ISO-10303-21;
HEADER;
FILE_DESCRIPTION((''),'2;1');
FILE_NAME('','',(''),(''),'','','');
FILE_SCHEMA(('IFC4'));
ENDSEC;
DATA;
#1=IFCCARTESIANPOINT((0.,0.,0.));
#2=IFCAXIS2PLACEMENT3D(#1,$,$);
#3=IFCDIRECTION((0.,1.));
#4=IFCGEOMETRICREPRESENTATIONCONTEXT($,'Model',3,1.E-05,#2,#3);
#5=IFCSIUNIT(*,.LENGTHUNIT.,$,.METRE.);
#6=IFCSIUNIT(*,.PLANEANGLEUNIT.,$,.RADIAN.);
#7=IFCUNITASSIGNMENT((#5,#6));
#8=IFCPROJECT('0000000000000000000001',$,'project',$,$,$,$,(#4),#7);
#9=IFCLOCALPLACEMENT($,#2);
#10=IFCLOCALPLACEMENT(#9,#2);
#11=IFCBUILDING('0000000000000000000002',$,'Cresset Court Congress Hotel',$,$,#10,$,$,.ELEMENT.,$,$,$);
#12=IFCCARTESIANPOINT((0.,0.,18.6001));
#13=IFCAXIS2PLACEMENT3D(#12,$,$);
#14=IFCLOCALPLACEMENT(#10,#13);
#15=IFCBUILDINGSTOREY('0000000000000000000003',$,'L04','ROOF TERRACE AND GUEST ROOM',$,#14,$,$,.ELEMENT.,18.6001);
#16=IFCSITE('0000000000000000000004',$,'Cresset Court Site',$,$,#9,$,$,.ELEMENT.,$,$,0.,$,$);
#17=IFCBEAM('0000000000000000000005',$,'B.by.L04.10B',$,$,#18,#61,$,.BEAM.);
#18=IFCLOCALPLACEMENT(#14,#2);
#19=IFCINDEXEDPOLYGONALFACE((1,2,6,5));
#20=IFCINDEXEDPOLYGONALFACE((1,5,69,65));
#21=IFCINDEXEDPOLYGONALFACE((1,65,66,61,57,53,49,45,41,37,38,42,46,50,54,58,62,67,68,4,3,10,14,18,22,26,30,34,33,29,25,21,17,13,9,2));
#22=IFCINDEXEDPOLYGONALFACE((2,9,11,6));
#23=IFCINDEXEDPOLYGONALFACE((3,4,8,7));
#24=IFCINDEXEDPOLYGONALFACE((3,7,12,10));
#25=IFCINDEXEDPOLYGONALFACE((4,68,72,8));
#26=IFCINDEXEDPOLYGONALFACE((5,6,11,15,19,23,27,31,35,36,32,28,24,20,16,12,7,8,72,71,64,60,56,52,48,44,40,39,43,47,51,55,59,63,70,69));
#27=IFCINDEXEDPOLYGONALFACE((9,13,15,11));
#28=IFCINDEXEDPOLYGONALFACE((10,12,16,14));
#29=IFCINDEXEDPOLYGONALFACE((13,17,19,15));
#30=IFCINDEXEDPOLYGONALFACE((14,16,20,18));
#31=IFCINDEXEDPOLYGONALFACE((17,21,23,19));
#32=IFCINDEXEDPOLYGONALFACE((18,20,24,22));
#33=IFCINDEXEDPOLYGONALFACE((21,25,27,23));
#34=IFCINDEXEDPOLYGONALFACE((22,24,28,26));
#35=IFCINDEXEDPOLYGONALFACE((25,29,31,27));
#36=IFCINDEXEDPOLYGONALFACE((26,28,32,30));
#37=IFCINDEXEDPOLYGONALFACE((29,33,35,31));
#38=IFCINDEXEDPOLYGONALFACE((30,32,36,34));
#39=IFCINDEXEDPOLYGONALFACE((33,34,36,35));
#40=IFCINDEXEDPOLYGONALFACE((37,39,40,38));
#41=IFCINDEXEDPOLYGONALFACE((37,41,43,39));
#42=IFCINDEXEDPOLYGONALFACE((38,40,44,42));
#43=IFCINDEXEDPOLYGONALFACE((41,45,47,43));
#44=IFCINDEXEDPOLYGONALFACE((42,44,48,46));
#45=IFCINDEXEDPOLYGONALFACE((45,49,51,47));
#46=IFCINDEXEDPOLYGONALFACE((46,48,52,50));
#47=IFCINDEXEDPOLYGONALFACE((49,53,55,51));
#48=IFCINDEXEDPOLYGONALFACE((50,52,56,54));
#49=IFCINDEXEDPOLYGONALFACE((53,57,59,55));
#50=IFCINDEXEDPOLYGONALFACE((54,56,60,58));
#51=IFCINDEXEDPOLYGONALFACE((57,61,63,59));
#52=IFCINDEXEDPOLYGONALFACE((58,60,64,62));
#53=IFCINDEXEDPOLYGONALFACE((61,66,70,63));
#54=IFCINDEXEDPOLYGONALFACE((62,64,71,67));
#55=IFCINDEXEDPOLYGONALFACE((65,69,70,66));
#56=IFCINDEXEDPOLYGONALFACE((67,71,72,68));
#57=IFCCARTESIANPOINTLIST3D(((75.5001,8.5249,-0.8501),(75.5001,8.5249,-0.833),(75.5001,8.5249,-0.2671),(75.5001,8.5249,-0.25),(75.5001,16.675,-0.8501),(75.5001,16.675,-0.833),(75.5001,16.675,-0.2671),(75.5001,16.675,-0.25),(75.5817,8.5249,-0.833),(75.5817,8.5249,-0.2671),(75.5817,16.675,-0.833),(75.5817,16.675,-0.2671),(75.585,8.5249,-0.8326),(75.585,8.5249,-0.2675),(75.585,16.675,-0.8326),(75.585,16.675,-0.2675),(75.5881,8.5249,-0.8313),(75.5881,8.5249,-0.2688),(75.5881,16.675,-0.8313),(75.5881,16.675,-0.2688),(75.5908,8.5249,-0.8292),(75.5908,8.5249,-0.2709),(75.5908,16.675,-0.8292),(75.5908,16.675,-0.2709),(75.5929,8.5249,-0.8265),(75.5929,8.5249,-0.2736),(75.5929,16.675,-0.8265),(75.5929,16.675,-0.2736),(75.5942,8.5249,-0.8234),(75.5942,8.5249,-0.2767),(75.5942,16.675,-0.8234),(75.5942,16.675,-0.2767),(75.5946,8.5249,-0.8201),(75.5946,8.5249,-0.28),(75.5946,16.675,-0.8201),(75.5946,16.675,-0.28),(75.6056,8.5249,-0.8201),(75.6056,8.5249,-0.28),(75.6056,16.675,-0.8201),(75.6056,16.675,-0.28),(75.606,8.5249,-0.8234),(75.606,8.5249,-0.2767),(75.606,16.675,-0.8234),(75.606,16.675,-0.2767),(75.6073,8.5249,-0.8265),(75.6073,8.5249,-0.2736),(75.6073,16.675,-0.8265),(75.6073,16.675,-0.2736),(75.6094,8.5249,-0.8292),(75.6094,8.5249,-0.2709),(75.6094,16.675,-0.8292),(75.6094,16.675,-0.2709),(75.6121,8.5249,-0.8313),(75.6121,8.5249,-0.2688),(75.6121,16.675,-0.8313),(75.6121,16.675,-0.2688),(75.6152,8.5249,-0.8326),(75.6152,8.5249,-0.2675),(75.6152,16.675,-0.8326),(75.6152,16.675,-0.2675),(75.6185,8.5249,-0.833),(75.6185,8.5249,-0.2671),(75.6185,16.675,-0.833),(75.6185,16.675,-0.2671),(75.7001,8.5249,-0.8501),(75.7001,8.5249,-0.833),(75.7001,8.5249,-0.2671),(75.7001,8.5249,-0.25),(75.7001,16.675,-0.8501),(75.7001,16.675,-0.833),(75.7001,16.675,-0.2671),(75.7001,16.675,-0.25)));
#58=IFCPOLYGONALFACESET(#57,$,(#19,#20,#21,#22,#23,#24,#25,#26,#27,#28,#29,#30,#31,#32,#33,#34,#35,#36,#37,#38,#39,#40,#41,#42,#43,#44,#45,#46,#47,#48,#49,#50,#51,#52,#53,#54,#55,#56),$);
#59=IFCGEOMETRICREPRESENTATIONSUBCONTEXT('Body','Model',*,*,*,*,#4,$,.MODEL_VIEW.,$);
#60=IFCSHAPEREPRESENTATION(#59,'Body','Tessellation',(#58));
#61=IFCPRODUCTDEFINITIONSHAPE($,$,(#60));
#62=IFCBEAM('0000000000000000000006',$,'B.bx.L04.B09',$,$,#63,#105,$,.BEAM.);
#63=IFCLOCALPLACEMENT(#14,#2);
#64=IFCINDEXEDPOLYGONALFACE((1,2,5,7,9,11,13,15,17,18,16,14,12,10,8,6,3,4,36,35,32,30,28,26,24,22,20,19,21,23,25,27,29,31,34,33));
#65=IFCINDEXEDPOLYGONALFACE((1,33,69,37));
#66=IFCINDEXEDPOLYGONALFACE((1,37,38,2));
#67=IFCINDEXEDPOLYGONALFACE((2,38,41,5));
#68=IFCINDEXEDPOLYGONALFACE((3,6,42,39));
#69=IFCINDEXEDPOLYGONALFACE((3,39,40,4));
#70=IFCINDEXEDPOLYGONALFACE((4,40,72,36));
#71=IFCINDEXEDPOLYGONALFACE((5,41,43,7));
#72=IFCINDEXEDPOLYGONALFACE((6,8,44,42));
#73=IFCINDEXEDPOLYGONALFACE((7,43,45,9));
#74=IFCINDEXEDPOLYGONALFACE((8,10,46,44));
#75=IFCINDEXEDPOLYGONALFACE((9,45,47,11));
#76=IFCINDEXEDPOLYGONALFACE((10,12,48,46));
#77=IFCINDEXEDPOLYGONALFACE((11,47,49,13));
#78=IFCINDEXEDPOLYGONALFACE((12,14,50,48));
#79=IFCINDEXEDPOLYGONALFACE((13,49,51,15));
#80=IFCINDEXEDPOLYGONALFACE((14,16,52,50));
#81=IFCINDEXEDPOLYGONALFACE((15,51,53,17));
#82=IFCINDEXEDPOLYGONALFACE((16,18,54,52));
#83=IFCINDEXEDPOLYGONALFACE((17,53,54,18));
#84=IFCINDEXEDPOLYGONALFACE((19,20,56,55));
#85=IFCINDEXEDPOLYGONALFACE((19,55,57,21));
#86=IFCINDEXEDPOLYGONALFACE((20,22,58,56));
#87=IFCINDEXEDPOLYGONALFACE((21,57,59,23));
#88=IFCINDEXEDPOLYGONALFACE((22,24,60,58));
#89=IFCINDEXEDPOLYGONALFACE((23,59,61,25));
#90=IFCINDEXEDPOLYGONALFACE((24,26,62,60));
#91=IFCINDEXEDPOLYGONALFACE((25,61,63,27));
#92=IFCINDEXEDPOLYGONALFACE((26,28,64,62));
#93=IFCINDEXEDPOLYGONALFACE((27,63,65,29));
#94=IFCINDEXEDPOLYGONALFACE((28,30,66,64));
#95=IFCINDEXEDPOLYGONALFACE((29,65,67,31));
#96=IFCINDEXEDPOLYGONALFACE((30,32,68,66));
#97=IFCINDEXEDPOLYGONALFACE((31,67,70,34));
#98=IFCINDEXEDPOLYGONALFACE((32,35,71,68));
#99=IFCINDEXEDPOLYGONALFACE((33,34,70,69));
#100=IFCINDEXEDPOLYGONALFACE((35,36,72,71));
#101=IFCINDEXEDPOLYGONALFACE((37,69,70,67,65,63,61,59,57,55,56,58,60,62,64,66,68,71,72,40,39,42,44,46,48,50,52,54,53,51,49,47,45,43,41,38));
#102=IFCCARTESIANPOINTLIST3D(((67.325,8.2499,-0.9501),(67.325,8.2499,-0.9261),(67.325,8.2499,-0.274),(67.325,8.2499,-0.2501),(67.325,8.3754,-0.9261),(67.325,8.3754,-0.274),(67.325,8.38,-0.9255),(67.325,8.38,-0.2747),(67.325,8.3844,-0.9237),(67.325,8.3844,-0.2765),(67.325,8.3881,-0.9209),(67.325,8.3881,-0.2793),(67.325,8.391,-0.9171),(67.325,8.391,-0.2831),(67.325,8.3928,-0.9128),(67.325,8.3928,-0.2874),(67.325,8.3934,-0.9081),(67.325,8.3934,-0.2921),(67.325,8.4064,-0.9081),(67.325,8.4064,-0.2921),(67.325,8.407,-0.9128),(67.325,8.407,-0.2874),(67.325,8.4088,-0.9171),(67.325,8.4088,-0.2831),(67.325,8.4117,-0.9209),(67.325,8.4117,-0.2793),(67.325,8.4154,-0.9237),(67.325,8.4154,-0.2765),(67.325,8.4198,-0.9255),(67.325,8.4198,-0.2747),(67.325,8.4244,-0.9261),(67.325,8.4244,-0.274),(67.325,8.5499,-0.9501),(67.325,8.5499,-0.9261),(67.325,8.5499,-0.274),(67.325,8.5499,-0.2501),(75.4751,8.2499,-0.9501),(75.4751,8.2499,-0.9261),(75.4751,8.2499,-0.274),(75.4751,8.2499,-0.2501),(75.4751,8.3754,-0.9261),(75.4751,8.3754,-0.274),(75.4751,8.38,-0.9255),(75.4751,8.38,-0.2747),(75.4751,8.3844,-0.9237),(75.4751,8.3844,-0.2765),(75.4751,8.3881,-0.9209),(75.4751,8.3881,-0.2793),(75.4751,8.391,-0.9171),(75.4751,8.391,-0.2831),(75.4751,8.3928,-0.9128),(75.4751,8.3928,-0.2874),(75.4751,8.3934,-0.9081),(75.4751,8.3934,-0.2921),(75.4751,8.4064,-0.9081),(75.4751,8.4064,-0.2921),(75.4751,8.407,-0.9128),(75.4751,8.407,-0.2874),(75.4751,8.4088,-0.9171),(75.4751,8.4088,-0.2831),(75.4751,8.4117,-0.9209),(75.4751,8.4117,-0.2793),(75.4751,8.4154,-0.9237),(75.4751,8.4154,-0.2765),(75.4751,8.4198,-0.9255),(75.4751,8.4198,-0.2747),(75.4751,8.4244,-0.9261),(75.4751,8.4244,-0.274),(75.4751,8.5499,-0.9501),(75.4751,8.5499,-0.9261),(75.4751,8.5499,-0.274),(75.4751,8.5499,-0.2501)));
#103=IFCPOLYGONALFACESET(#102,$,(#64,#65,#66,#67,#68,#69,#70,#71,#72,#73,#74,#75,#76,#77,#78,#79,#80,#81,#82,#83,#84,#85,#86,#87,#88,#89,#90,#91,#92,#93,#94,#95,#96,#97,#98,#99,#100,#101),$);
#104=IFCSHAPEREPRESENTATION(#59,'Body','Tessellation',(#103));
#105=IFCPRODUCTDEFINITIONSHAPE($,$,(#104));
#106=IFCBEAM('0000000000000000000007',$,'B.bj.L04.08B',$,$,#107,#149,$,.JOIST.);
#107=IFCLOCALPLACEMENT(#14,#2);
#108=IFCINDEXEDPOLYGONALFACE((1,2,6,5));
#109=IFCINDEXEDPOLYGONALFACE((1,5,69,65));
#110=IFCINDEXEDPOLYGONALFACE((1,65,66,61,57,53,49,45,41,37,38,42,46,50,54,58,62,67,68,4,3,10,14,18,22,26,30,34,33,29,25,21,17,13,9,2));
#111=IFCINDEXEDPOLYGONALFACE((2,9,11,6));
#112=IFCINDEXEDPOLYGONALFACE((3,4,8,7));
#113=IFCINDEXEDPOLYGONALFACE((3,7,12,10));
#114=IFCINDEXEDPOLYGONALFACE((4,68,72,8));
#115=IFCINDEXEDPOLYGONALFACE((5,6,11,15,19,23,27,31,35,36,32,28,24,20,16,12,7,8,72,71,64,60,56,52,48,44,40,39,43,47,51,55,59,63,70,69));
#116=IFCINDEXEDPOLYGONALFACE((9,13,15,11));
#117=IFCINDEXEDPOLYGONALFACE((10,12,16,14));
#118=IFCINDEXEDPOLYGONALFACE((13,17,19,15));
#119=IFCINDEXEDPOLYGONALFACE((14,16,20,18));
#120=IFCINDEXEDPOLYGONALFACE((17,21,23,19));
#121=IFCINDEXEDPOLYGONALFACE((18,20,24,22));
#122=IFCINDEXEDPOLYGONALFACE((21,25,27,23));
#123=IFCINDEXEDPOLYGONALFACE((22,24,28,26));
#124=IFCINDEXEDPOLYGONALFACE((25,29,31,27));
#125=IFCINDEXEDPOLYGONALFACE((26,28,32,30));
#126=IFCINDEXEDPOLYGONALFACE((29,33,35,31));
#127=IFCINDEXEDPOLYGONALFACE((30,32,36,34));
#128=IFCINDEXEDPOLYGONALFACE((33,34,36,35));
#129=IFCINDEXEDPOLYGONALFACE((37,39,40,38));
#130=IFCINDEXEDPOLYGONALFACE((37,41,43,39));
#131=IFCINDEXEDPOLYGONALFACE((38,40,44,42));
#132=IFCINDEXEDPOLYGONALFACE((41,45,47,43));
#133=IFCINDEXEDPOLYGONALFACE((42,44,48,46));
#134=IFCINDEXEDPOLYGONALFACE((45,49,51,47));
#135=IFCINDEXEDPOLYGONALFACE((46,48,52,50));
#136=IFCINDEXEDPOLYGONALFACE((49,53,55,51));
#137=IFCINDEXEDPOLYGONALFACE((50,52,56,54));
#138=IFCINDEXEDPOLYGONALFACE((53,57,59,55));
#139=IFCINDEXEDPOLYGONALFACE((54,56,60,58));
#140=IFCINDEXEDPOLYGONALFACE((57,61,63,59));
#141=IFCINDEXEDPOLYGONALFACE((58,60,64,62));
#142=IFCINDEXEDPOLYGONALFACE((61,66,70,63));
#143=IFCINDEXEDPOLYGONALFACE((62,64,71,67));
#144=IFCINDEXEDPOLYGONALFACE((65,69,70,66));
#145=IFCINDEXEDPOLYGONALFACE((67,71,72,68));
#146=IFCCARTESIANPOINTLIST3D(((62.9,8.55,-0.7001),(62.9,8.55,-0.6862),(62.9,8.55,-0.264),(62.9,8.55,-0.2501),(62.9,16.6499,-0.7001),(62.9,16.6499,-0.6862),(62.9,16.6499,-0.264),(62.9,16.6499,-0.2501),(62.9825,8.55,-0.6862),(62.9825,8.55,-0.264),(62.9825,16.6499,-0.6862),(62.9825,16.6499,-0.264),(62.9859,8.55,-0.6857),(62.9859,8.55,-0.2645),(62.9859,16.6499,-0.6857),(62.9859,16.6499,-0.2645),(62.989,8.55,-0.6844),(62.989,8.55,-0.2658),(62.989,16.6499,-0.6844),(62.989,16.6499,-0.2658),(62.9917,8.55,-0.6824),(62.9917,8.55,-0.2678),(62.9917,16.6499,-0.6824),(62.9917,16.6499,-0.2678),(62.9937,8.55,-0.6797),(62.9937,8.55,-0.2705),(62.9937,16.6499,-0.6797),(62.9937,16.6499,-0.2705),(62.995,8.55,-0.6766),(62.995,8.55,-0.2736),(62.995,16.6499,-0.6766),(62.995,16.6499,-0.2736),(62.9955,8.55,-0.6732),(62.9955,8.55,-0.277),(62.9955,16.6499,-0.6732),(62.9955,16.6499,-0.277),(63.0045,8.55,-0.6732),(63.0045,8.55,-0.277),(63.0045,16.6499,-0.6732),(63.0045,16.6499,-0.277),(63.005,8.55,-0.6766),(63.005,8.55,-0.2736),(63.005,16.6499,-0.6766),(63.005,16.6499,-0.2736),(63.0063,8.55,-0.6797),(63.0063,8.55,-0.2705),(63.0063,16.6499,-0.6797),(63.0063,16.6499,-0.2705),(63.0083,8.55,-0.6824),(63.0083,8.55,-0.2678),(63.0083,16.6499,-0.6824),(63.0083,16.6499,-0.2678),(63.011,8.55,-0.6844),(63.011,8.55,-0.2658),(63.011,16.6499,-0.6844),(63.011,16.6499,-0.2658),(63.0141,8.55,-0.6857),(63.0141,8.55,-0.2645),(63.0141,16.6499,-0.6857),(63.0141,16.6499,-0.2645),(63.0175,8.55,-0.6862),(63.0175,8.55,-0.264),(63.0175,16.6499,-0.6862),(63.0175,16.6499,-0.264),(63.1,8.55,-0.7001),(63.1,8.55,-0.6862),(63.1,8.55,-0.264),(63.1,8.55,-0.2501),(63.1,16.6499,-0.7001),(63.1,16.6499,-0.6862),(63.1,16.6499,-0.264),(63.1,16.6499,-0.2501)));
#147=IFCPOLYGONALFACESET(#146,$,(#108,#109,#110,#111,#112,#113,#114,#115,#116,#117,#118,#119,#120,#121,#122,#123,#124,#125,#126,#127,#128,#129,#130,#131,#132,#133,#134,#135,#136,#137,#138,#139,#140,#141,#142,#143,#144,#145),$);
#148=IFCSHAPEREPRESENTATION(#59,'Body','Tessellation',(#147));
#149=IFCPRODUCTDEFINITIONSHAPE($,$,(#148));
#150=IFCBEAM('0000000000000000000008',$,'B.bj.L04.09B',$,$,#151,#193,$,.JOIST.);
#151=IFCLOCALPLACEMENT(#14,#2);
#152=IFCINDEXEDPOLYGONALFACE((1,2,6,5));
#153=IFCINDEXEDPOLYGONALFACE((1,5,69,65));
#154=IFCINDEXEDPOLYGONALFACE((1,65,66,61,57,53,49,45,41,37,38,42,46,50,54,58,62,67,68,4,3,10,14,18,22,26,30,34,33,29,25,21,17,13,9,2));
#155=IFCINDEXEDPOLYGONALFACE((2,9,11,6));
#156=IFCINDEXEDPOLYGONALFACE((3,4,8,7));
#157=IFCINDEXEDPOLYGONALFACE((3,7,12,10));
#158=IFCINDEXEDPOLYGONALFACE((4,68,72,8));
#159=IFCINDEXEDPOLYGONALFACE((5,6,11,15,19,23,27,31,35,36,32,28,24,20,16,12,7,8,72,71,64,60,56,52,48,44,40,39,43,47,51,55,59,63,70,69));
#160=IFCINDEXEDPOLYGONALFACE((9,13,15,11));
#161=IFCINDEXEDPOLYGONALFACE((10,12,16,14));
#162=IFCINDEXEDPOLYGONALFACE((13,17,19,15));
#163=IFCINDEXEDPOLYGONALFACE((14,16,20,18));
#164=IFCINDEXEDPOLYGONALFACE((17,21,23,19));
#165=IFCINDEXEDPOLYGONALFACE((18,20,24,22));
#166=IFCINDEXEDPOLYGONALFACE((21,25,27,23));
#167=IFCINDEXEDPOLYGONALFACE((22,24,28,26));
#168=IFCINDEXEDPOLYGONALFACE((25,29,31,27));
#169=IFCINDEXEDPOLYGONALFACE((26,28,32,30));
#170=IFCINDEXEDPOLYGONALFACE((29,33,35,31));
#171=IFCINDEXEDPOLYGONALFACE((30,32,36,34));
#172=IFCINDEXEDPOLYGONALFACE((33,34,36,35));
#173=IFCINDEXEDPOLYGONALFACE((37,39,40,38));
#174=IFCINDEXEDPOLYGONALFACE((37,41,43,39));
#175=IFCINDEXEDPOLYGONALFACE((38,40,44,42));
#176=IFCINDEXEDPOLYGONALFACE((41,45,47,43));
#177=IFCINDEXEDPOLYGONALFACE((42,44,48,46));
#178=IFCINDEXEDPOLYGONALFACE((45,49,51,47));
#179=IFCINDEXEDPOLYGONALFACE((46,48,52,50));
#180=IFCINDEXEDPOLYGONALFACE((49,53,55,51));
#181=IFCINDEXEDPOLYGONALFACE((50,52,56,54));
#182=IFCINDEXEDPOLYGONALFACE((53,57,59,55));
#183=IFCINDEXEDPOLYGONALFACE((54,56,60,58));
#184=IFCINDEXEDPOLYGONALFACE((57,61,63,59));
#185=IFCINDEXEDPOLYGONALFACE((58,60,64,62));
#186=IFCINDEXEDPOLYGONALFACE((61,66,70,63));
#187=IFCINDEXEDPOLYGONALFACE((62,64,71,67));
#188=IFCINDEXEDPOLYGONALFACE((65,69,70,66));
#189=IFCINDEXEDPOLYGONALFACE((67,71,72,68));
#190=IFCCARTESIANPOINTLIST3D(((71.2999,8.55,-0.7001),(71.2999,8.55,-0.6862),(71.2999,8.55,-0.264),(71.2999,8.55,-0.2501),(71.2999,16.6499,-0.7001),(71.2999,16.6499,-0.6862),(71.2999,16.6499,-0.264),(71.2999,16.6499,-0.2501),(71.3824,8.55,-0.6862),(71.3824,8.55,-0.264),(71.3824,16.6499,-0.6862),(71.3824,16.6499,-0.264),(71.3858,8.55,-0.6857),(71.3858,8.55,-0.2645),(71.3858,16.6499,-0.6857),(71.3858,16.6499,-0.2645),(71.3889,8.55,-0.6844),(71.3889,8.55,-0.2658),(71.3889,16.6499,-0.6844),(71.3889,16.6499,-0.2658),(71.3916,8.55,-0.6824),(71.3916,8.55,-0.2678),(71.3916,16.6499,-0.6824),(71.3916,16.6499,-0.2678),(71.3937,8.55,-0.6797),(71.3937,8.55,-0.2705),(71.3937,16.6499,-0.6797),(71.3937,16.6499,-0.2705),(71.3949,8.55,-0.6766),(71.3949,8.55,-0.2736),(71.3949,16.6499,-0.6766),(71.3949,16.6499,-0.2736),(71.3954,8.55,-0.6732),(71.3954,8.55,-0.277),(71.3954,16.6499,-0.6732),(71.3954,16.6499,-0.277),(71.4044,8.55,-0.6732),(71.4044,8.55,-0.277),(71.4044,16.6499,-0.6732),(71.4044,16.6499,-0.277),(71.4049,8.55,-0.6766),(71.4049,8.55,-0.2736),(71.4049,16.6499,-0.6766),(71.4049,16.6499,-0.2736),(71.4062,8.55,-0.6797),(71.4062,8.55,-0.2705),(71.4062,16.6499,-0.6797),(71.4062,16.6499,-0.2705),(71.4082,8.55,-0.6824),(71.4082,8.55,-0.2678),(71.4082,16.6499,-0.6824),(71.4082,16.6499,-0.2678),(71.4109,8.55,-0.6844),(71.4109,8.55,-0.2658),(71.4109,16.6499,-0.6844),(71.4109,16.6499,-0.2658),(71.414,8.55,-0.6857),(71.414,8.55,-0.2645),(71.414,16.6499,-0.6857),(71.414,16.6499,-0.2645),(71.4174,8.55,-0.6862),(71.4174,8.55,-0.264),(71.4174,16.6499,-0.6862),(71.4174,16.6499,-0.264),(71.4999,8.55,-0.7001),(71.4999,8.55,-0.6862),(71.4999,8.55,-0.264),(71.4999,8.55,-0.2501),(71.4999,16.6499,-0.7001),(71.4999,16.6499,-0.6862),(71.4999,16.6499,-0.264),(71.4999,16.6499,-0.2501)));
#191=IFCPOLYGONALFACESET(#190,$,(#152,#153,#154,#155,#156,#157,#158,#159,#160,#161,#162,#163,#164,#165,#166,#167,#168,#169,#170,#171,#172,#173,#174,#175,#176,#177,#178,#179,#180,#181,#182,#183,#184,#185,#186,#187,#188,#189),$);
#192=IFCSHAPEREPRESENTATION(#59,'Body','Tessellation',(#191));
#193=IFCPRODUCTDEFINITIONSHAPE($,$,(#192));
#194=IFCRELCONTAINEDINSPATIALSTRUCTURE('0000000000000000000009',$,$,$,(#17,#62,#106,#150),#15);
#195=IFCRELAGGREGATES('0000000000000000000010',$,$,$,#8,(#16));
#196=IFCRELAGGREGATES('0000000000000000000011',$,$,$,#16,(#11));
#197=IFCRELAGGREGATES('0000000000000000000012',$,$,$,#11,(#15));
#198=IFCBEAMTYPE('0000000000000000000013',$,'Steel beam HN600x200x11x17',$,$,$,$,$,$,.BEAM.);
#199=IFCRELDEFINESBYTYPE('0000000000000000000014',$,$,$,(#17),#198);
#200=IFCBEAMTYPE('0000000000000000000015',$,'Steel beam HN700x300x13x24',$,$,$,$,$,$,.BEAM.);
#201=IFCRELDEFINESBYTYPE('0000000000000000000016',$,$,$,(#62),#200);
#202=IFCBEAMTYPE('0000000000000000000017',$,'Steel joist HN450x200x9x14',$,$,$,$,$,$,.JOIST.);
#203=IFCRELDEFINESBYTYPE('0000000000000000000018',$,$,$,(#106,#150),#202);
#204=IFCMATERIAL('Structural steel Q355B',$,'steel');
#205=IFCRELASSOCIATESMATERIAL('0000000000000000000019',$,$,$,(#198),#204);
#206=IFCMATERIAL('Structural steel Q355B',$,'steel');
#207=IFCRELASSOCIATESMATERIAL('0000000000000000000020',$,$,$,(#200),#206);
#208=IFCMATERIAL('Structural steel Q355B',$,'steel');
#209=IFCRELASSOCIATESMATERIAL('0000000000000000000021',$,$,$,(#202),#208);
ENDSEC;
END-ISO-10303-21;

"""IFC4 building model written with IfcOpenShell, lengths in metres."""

from ifc_helpers import new_model, si_unit, direction, frame, origin, origin_2d, place, context, subcontext, project, spatial, i_section, extrude, material, material_profile, profile_set, type_object, element, save


model = new_model("IFC4")

# Units and contexts
model_context = context("Model", 3, precision=1e-05, world=origin(), true_north=direction((0.0, 1.0)))
body_context = subcontext(model_context, "Body", "Model", "MODEL_VIEW")
ifc_project = project(units=[si_unit("LENGTHUNIT", "METRE"), si_unit("PLANEANGLEUNIT", "RADIAN")], contexts=[model_context])

# Site, building, storey
site_placement = place(None, origin())
site = spatial("IfcSite", under=ifc_project, at=site_placement, Name="Cresset Court Site", CompositionType="ELEMENT", RefElevation=0.0)
building_placement = place(site_placement, origin())
building = spatial("IfcBuilding", under=site, at=building_placement, Name="Cresset Court Congress Hotel", CompositionType="ELEMENT")
storey_placement = place(building_placement, frame((0.0, 0.0, 18.6001)))
storey = spatial("IfcBuildingStorey", under=building, at=storey_placement, Name="L04", Description="ROOF TERRACE AND GUEST ROOM", CompositionType="ELEMENT", Elevation=18.6001)

# Beams
ifc_material_1 = material(Name="Structural steel Q355B", Category="steel")
ifc_material_profile_1 = material_profile(ifc_material_1, i_section(OverallWidth=0.2, OverallDepth=0.6001, WebThickness=0.011, FlangeThickness=0.0171, FilletRadius=0.0129, at=origin_2d()), Name="HN600x200x11x17")
ifc_profile_set_1 = profile_set([ifc_material_profile_1], Name="Structural steel Q355B")
beam_type_1 = type_object("IfcBeamType", Name="Steel beam HN600x200x11x17", PredefinedType="BEAM", material=ifc_profile_set_1)
for number, where, z_axis, x_axis, name in (
    (1, (75.6001, 8.5249, -0.55), (0.0, 1.0, 0.0), (-1.0, 0.0, 0.0), "B.by.L04.10B"),
):
    element("IfcBeam", number, at=place(storey_placement, frame(where, z_axis=z_axis, x_axis=x_axis)), inside=storey, type_object=beam_type_1, Name=name, PredefinedType="BEAM", context=body_context, shape_type="SweptSolid", body=[
        extrude(i_section(OverallWidth=0.2, OverallDepth=0.6001, WebThickness=0.011, FlangeThickness=0.0171, FilletRadius=0.0129, at=origin_2d()), origin(), (0.0, 0.0, 1.0), 8.1501),
    ])
ifc_material_2 = material(Name="Structural steel Q355B", Category="steel")
ifc_material_profile_2 = material_profile(ifc_material_2, i_section(OverallWidth=0.3, OverallDepth=0.7, WebThickness=0.0129, FlangeThickness=0.0239, FilletRadius=0.0181, at=origin_2d()), Name="HN700x300x13x24")
ifc_profile_set_2 = profile_set([ifc_material_profile_2], Name="Structural steel Q355B")
beam_type_2 = type_object("IfcBeamType", Name="Steel beam HN700x300x13x24", PredefinedType="BEAM", material=ifc_profile_set_2)
beam_1_placement = place(storey_placement, frame((67.325, 8.3999, -0.6001), z_axis=(1.0, 0.0, 0.0), x_axis=(0.0, 1.0, 0.0)))
element("IfcBeam", 2, at=beam_1_placement, inside=storey, type_object=beam_type_2, Name="B.bx.L04.B09", PredefinedType="BEAM", context=body_context, shape_type="SweptSolid", body=[
    extrude(i_section(OverallWidth=0.3, OverallDepth=0.7, WebThickness=0.0129, FlangeThickness=0.0239, FilletRadius=0.0181, at=origin_2d()), origin(), (0.0, 0.0, 1.0), 8.1501),
])
ifc_material_3 = material(Name="Structural steel Q355B", Category="steel")
ifc_material_profile_3 = material_profile(ifc_material_3, i_section(OverallWidth=0.2, OverallDepth=0.45, WebThickness=0.009, FlangeThickness=0.0139, FilletRadius=0.0129, at=origin_2d()), Name="HN450x200x9x14")
ifc_profile_set_3 = profile_set([ifc_material_profile_3], Name="Structural steel Q355B")
beam_type_3 = type_object("IfcBeamType", Name="Steel joist HN450x200x9x14", PredefinedType="JOIST", material=ifc_profile_set_3)
for number, where, z_axis, x_axis, name in (
    (3, (63.0, 8.55, -0.4751), (0.0, 1.0, 0.0), (-1.0, 0.0, 0.0), "B.bj.L04.08B"),
    (4, (71.3999, 8.55, -0.4751), (0.0, 1.0, 0.0), (-1.0, 0.0, 0.0), "B.bj.L04.09B"),
):
    element("IfcBeam", number, at=place(storey_placement, frame(where, z_axis=z_axis, x_axis=x_axis)), inside=storey, type_object=beam_type_3, Name=name, PredefinedType="JOIST", context=body_context, shape_type="SweptSolid", body=[
        extrude(i_section(OverallWidth=0.2, OverallDepth=0.45, WebThickness=0.009, FlangeThickness=0.0139, FilletRadius=0.0129, at=origin_2d()), origin(), (0.0, 0.0, 1.0), 8.0999),
    ])

save(model, "model.ifc")
